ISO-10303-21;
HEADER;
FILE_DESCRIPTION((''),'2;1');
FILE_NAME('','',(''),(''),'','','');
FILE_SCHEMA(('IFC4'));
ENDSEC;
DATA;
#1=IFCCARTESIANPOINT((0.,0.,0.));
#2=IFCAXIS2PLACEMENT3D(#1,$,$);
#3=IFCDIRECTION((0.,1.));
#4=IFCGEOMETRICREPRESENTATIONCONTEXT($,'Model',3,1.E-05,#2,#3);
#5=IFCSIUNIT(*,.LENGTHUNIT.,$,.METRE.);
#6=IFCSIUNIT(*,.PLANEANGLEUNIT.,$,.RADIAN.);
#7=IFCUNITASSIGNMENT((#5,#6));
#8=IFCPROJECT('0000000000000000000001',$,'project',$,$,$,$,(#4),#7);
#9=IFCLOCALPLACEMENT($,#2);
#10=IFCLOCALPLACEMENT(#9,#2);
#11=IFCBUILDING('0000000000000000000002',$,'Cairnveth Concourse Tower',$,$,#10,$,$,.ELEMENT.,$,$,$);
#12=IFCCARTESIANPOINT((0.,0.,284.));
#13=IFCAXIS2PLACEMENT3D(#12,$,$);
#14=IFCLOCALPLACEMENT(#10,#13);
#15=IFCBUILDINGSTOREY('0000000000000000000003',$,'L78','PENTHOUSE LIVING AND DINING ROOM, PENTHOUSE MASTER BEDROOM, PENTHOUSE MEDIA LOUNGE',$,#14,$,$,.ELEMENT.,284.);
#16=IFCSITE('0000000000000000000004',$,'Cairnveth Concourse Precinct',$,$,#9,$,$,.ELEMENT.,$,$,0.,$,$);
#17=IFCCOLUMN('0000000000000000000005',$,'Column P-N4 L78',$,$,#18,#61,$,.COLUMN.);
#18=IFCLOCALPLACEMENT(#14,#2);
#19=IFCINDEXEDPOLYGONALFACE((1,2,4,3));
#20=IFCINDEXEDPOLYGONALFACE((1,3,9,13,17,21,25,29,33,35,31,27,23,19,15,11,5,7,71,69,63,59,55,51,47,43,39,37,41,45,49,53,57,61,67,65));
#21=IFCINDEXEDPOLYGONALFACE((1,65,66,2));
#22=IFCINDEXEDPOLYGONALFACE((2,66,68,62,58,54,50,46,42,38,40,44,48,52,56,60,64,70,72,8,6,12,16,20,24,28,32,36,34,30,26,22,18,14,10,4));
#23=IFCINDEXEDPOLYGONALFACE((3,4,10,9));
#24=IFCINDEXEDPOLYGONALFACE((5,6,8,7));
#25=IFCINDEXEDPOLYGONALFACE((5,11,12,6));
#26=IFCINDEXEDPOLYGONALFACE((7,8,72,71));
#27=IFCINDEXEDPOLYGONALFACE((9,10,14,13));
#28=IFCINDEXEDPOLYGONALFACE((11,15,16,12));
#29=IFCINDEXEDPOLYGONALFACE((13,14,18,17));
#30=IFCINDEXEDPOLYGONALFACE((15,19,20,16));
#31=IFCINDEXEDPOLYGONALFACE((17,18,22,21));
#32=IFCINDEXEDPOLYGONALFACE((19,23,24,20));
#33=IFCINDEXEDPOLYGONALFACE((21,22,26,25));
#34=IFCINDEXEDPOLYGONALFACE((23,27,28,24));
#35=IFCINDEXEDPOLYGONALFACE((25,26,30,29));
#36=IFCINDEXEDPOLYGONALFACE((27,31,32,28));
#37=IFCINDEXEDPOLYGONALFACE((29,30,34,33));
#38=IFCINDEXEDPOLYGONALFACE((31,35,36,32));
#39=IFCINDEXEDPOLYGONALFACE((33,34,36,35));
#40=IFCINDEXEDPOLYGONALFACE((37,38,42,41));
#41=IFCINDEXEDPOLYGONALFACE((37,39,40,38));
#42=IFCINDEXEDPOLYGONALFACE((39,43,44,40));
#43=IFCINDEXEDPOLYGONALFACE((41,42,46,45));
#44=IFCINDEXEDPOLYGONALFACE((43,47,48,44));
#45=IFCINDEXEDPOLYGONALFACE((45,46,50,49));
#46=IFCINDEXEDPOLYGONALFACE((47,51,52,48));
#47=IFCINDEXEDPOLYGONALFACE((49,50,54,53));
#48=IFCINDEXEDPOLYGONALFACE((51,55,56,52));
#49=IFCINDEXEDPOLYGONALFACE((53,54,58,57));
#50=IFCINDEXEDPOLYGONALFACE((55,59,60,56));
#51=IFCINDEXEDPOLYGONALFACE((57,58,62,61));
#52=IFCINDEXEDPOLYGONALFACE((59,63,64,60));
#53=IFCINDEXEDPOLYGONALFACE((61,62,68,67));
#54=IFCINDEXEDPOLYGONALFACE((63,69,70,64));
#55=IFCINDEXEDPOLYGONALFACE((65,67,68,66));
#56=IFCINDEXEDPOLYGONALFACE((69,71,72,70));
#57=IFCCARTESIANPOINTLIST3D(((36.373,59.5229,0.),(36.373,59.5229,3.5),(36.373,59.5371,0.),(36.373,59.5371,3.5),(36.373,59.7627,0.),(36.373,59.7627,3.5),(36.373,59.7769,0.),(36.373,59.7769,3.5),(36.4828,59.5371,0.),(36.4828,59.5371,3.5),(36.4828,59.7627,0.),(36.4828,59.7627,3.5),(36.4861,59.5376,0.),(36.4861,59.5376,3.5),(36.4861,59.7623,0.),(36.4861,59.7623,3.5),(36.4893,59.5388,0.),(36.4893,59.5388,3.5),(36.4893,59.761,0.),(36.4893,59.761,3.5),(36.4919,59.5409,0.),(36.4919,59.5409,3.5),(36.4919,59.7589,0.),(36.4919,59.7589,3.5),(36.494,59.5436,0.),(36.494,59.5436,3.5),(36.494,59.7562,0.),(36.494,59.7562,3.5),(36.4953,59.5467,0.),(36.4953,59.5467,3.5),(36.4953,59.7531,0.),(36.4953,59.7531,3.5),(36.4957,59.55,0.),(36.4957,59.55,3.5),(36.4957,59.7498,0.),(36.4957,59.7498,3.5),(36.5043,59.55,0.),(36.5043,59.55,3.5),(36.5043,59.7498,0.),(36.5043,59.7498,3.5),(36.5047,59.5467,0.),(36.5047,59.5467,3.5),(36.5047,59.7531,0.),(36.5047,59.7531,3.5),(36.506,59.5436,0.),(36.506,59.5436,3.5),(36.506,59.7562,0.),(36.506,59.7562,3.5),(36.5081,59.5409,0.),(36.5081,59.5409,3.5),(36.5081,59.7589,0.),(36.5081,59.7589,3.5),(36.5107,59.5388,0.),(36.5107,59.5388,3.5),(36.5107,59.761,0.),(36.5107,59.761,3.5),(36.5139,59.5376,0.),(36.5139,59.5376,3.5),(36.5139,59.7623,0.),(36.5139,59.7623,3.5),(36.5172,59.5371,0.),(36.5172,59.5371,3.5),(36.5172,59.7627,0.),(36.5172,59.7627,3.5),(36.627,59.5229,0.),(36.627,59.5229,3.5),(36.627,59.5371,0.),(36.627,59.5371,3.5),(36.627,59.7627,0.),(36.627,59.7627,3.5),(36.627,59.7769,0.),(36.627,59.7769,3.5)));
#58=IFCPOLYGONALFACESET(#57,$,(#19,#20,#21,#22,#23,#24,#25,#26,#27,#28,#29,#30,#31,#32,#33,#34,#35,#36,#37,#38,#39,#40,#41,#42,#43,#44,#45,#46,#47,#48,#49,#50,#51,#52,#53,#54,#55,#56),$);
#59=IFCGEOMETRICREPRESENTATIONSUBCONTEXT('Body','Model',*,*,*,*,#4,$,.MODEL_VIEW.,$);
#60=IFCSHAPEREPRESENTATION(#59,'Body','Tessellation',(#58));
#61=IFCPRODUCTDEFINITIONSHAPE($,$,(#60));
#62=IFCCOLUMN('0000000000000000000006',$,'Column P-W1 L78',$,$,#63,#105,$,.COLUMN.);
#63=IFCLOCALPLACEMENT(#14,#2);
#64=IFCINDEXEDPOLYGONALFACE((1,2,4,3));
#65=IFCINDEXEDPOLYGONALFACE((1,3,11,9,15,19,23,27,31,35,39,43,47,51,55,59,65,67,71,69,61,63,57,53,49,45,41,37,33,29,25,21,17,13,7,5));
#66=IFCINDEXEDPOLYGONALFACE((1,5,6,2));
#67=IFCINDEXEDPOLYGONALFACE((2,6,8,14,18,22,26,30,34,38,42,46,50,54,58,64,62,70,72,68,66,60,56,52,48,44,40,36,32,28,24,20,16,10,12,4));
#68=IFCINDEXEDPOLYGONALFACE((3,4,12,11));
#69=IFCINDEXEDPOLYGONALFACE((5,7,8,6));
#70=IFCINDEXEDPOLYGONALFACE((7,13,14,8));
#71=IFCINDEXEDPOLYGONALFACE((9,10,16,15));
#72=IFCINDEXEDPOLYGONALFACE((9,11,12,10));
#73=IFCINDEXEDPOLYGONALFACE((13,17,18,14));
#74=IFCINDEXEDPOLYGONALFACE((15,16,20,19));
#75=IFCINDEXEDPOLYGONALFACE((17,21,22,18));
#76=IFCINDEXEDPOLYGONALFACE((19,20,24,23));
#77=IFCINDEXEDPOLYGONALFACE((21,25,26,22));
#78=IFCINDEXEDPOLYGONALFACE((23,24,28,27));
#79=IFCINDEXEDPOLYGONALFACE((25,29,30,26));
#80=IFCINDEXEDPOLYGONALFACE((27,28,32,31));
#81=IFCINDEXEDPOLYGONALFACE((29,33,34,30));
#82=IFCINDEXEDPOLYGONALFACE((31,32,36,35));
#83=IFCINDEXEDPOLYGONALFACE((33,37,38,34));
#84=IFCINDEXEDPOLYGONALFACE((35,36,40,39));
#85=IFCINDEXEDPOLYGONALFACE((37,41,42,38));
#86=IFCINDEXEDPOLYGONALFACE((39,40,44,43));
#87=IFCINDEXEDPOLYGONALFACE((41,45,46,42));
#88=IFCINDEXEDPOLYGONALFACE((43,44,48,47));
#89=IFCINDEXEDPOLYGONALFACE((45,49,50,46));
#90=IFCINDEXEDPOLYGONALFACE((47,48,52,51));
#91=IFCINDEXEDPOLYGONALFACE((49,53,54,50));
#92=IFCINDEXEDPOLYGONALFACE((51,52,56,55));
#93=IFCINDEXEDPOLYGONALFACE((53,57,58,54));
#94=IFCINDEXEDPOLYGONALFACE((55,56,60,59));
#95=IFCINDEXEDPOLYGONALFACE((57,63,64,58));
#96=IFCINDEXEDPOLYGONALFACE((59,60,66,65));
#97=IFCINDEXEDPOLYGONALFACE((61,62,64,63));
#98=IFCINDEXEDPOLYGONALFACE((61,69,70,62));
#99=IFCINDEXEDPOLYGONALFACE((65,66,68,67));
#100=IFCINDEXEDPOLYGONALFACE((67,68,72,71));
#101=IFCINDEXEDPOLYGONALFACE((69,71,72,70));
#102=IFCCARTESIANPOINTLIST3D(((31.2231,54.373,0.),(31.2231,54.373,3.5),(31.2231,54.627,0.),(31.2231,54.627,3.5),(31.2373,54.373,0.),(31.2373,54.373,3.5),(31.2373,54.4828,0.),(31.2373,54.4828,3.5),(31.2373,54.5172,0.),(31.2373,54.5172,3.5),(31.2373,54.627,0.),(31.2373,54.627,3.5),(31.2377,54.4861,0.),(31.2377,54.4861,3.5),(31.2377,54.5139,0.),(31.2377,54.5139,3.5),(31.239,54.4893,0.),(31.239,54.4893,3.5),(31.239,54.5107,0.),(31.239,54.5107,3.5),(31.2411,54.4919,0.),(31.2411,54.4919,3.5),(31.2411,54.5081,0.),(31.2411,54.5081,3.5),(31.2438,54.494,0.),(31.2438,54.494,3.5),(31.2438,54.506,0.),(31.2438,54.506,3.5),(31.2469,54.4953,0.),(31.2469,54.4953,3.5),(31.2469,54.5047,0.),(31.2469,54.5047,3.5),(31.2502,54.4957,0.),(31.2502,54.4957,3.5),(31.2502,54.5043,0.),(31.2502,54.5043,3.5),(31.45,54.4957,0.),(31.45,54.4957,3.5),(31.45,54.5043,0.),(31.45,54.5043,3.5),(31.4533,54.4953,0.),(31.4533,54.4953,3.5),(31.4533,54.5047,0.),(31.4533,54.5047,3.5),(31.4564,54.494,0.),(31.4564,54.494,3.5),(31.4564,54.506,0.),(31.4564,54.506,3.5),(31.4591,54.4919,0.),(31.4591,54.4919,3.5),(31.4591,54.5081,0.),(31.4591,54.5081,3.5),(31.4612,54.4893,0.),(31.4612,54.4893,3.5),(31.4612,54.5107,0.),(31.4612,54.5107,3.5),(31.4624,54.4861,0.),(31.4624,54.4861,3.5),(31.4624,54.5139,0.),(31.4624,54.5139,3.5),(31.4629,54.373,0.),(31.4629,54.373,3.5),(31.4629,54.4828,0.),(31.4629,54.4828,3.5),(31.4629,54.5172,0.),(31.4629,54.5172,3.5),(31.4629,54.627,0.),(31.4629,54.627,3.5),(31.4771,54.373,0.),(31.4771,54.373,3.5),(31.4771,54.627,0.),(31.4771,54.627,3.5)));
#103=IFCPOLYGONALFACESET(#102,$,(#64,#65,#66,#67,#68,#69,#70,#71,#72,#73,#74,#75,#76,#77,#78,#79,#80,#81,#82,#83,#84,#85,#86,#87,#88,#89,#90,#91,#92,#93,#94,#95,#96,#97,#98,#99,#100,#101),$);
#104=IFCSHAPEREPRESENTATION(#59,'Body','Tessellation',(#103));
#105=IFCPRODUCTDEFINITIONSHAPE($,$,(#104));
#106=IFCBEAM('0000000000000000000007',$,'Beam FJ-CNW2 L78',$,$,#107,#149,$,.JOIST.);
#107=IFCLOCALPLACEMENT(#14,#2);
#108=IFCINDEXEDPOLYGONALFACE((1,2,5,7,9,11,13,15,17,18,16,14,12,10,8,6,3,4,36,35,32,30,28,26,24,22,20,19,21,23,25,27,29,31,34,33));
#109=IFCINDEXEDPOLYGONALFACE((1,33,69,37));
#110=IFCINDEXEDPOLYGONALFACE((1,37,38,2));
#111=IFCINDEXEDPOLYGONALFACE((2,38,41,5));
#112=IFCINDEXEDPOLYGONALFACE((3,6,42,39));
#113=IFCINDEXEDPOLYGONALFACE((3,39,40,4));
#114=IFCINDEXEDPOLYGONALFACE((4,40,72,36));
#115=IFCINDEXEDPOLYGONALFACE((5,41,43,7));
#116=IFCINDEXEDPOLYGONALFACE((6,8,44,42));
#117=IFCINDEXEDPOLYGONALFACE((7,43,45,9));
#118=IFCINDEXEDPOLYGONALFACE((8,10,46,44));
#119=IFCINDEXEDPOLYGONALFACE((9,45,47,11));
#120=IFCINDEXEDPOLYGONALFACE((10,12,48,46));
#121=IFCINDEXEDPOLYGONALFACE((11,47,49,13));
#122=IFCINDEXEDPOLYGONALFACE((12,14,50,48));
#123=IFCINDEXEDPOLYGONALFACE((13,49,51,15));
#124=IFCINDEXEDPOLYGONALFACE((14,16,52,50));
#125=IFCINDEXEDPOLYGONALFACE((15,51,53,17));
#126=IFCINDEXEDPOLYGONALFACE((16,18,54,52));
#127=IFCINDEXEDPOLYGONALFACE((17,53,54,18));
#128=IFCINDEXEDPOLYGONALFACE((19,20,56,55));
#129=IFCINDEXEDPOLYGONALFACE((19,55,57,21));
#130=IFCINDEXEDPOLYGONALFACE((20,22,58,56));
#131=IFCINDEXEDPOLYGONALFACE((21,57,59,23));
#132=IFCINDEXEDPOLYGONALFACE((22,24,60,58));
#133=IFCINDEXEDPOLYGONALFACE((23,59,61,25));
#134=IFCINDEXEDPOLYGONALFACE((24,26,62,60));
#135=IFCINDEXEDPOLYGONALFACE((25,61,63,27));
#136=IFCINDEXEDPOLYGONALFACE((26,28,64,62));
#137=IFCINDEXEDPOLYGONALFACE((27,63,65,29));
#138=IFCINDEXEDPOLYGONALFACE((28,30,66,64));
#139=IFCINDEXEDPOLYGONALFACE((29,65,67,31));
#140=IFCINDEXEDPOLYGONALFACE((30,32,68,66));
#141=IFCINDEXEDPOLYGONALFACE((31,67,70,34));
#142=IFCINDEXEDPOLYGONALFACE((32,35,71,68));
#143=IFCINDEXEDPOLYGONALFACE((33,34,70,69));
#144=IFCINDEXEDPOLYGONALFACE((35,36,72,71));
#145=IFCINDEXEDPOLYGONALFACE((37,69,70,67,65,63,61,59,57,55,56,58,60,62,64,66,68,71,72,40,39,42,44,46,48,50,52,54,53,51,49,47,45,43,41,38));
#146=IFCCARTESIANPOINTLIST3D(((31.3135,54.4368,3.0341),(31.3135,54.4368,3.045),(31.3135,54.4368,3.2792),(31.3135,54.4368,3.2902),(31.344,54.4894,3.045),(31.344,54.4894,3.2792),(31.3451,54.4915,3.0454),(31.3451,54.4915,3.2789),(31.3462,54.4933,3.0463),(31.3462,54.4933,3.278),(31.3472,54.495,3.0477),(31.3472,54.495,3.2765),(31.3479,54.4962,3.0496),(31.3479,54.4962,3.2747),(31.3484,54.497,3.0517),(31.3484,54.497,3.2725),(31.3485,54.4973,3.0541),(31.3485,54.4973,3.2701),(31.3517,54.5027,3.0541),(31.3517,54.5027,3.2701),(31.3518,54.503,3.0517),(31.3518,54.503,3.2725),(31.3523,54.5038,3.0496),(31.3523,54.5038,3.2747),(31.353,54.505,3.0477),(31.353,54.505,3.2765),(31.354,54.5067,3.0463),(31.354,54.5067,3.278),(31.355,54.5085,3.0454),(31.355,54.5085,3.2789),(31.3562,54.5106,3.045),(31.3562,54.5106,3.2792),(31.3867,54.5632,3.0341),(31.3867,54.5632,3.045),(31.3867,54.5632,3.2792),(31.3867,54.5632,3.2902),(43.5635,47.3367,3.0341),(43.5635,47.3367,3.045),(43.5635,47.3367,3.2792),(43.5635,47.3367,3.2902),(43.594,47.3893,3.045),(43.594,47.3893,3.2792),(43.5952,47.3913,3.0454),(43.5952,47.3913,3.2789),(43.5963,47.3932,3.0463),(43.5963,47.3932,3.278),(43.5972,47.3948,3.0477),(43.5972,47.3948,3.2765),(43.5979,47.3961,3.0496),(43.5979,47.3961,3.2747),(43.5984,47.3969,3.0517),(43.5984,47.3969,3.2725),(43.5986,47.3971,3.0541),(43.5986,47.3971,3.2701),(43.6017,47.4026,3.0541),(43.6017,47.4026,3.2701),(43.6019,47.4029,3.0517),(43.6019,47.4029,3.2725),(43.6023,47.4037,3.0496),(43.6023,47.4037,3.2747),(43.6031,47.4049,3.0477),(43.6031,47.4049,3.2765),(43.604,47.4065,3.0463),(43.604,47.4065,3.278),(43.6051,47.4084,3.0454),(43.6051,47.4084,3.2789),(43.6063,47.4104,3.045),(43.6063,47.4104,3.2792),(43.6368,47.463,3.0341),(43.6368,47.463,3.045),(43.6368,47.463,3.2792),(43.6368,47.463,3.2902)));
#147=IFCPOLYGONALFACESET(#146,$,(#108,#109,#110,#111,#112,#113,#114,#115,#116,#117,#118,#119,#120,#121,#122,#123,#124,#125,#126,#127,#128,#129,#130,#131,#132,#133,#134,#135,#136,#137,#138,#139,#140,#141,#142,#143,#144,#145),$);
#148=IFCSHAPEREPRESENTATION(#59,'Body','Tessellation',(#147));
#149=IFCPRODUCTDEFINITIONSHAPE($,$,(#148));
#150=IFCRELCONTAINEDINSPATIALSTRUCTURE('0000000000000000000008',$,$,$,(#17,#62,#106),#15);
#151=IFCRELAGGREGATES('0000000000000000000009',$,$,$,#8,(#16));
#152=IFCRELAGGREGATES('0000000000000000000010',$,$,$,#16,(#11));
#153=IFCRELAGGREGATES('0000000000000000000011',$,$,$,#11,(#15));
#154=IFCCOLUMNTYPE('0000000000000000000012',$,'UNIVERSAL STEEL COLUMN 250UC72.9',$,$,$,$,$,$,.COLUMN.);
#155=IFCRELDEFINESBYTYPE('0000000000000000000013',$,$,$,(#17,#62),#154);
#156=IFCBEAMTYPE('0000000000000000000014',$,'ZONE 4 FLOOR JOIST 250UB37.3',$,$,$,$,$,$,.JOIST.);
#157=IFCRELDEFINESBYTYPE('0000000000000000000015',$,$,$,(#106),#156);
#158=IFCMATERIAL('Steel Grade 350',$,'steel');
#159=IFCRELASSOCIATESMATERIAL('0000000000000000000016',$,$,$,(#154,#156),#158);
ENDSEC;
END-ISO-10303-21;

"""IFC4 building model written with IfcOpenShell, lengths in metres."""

from ifc_helpers import new_model, si_unit, direction, frame, origin, origin_2d, place, context, subcontext, project, spatial, i_section, extrude, material, material_profile, profile_set, type_object, element, save


model = new_model("IFC4")

# Units and contexts
model_context = context("Model", 3, precision=1e-05, world=origin(), true_north=direction((0.0, 1.0)))
body_context = subcontext(model_context, "Body", "Model", "MODEL_VIEW")
ifc_project = project(units=[si_unit("LENGTHUNIT", "METRE"), si_unit("PLANEANGLEUNIT", "RADIAN")], contexts=[model_context])

# Site, building, storey
site_placement = place(None, origin())
site = spatial("IfcSite", under=ifc_project, at=site_placement, Name="Cairnveth Concourse Precinct", CompositionType="ELEMENT", RefElevation=0.0)
building_placement = place(site_placement, origin())
building = spatial("IfcBuilding", under=site, at=building_placement, Name="Cairnveth Concourse Tower", CompositionType="ELEMENT")
storey_placement = place(building_placement, frame((0.0, 0.0, 284.0)))
storey = spatial("IfcBuildingStorey", under=building, at=storey_placement, Name="L78", Description="PENTHOUSE LIVING AND DINING ROOM, PENTHOUSE MASTER BEDROOM, PENTHOUSE MEDIA LOUNGE", CompositionType="ELEMENT", Elevation=284.0)

# Columns
ifc_material_1 = material(Name="Steel Grade 350", Category="steel")
ifc_material_profile_1 = material_profile(ifc_material_1, i_section(OverallWidth=0.2539, OverallDepth=0.2539, WebThickness=0.0085, FlangeThickness=0.0142, FilletRadius=0.0129, at=origin_2d()), Name="250UC72.9")
ifc_profile_set_1 = profile_set([ifc_material_profile_1], Name="Steel Grade 350")
column_type = type_object("IfcColumnType", Name="UNIVERSAL STEEL COLUMN 250UC72.9", PredefinedType="COLUMN", material=ifc_profile_set_1)
for number, where, z_axis, x_axis, name in (
    (1, (36.5, 59.6499, 0.0), (0.0, 0.0, 1.0), (1.0, 0.0, 0.0), "Column P-N4 L78"),
    (2, (31.3501, 54.5, 0.0), (0.0, 0.0, 1.0), (0.0, 1.0, 0.0), "Column P-W1 L78"),
):
    element("IfcColumn", number, at=place(storey_placement, frame(where, z_axis=z_axis, x_axis=x_axis)), inside=storey, type_object=column_type, Name=name, PredefinedType="COLUMN", context=body_context, shape_type="SweptSolid", body=[
        extrude(i_section(OverallWidth=0.2539, OverallDepth=0.2539, WebThickness=0.0085, FlangeThickness=0.0142, FilletRadius=0.0129, at=origin_2d()), origin(), (0.0, 0.0, 1.0), 3.5),
    ])

# Beam
ifc_material_profile_2 = material_profile(ifc_material_1, i_section(OverallWidth=0.146, OverallDepth=0.2561, WebThickness=0.0063, FlangeThickness=0.011, FilletRadius=0.009, at=origin_2d()), Name="250UB37.3")
ifc_profile_set_2 = profile_set([ifc_material_profile_2], Name="Steel Grade 350")
beam_type_1 = type_object("IfcBeamType", Name="ZONE 4 FLOOR JOIST 250UB37.3", PredefinedType="JOIST", material=ifc_profile_set_2)
beam_1_placement = place(storey_placement, frame((31.3501, 54.5, 3.1621), z_axis=(0.865181, -0.501459, 0.0), x_axis=(0.501459, 0.865181, 0.0)))
element("IfcBeam", 3, at=beam_1_placement, inside=storey, type_object=beam_type_1, Name="Beam FJ-CNW2 L78", PredefinedType="JOIST", context=body_context, shape_type="SweptSolid", body=[
    extrude(i_section(OverallWidth=0.146, OverallDepth=0.2561, WebThickness=0.0063, FlangeThickness=0.011, FilletRadius=0.009, at=origin_2d()), origin(), (0.0, 0.0, 1.0), 14.1589),
])

save(model, "model.ifc")
